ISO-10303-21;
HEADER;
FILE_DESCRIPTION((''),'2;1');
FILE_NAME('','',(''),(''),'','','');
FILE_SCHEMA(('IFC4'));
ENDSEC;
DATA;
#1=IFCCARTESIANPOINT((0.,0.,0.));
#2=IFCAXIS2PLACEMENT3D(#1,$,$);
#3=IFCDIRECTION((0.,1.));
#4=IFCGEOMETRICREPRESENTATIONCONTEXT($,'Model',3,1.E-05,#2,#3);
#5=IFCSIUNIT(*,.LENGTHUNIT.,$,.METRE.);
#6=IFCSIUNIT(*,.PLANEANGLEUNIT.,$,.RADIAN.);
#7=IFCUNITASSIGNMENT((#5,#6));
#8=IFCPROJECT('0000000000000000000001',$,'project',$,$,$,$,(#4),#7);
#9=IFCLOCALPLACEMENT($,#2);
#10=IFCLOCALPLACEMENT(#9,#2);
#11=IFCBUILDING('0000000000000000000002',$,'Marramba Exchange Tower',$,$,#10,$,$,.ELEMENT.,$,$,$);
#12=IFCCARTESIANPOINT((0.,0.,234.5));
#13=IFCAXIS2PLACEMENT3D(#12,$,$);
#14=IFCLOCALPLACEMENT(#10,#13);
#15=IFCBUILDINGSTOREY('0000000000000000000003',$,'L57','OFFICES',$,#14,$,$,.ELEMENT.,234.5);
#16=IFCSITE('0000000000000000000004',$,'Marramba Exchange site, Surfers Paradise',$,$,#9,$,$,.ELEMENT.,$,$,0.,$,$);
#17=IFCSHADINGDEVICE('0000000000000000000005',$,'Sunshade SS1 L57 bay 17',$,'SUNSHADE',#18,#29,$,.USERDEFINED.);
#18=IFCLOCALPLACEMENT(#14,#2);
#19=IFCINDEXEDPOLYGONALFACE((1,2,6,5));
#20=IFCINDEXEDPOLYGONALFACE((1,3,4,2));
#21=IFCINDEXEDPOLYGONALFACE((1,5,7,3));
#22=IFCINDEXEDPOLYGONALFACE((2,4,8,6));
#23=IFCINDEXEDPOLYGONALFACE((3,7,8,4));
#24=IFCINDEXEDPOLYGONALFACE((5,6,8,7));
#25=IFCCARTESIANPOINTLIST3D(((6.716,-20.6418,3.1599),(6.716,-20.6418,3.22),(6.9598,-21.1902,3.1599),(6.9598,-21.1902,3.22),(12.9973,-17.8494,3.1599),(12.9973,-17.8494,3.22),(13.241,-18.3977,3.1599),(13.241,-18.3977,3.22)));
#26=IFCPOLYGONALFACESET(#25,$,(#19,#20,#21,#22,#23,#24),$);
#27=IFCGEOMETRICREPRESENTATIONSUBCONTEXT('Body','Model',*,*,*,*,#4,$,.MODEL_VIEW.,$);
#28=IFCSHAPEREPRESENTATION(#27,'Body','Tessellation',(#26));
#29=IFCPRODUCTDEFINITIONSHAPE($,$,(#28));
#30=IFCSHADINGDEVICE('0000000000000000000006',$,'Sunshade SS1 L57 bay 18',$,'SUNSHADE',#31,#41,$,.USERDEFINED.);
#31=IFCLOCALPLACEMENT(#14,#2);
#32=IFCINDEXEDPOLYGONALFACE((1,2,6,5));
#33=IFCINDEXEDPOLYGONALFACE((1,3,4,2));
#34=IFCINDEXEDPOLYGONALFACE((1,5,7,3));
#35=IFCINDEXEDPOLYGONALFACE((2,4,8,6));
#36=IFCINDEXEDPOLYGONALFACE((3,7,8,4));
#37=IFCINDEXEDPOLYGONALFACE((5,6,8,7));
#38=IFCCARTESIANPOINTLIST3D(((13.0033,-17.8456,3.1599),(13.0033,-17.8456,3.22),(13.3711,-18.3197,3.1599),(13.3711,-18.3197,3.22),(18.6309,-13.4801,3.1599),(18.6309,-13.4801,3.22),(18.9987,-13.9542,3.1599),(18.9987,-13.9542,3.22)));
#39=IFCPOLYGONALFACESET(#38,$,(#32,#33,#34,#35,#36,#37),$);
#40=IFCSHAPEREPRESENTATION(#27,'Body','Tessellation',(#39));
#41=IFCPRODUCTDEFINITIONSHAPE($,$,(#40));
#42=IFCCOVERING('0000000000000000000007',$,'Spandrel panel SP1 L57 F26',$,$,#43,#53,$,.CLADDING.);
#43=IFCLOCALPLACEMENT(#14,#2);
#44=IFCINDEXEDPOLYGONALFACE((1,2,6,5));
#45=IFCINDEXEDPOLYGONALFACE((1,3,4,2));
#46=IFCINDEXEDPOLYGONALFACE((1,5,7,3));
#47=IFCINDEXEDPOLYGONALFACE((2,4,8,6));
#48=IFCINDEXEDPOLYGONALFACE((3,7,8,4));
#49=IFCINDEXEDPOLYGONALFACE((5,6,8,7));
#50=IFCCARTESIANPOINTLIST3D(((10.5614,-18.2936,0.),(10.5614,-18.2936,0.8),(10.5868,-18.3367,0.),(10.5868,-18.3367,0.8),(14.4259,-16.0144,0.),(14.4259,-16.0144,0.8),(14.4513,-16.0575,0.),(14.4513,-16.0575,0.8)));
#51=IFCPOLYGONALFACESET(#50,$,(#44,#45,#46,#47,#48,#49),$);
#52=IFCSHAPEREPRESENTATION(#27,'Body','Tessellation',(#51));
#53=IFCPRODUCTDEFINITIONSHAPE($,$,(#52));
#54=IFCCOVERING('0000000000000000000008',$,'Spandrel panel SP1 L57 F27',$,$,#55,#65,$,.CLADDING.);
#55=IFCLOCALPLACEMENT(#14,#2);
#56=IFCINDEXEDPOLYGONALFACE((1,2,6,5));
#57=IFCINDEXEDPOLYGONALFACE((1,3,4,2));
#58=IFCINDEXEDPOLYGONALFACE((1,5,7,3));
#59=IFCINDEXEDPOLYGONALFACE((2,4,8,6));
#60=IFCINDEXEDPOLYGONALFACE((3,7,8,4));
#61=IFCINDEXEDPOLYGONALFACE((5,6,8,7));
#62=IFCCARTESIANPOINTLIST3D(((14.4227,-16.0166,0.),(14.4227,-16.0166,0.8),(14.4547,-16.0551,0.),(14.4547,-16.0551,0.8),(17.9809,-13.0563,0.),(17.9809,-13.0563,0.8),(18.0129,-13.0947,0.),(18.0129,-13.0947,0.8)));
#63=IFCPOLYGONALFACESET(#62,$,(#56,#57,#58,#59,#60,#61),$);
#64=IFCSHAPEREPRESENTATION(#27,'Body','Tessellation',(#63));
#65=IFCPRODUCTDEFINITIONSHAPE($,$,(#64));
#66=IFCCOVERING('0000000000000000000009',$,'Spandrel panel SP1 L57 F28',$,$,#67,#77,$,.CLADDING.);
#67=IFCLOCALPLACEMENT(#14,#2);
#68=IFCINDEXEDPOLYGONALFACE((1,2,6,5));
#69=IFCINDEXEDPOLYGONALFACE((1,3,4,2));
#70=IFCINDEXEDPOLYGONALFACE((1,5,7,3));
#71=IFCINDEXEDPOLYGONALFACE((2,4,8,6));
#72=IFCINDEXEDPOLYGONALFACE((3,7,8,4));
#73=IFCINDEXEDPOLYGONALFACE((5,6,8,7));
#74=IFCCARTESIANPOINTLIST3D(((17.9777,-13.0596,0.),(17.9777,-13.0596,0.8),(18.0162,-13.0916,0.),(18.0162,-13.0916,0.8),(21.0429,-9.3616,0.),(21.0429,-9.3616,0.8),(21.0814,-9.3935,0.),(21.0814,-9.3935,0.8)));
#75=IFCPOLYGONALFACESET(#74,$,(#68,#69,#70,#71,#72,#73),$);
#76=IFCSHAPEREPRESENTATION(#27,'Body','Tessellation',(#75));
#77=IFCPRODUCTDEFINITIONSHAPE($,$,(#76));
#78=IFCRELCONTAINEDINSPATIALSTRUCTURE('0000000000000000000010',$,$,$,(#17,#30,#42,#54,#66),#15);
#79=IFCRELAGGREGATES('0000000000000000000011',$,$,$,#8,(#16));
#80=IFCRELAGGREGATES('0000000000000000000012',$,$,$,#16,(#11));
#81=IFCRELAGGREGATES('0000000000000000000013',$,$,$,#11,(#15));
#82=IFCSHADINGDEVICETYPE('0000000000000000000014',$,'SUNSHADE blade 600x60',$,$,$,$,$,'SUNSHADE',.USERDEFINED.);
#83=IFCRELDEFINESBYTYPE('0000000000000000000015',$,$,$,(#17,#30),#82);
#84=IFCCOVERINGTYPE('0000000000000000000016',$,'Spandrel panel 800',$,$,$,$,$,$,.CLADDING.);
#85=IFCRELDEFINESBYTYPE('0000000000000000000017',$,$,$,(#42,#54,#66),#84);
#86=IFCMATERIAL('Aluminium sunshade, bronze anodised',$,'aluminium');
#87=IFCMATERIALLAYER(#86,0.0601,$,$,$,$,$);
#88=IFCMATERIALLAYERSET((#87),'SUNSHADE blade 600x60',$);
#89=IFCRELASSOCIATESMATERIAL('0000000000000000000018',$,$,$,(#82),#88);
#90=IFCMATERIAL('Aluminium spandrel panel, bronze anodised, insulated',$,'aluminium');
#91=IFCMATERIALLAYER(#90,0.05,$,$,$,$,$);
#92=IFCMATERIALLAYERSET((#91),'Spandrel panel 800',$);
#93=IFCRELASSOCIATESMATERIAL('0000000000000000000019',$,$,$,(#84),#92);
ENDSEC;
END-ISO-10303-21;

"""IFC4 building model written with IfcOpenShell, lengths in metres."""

from ifc_helpers import new_model, si_unit, direction, frame, origin, origin_2d, place, context, subcontext, project, spatial, rectangle, extrude, material, layer, layer_set, type_object, element, save


model = new_model("IFC4")

# Units and contexts
model_context = context("Model", 3, precision=1e-05, world=origin(), true_north=direction((0.0, 1.0)))
body_context = subcontext(model_context, "Body", "Model", "MODEL_VIEW")
ifc_project = project(units=[si_unit("LENGTHUNIT", "METRE"), si_unit("PLANEANGLEUNIT", "RADIAN")], contexts=[model_context])

# Site, building, storey
site_placement = place(None, origin())
site = spatial("IfcSite", under=ifc_project, at=site_placement, Name="Marramba Exchange site, Surfers Paradise", CompositionType="ELEMENT", RefElevation=0.0)
building_placement = place(site_placement, origin())
building = spatial("IfcBuilding", under=site, at=building_placement, Name="Marramba Exchange Tower", CompositionType="ELEMENT")
storey_placement = place(building_placement, frame((0.0, 0.0, 234.5)))
storey = spatial("IfcBuildingStorey", under=building, at=storey_placement, Name="L57", Description="OFFICES", CompositionType="ELEMENT", Elevation=234.5)

# Shading devices
ifc_material_1 = material(Name="Aluminium sunshade, bronze anodised", Category="aluminium")
ifc_layer_1 = layer(ifc_material_1, 0.0601)
ifc_layer_set_1 = layer_set([ifc_layer_1], Name="SUNSHADE blade 600x60")
shading_device_type_1 = type_object("IfcShadingDeviceType", Name="SUNSHADE blade 600x60", ElementType="SUNSHADE", PredefinedType="USERDEFINED", material=ifc_layer_set_1)
shading_device_1_placement = place(storey_placement, frame((9.9785, -19.5198, 3.1599), z_axis=(0.0, 0.0, 1.0), x_axis=(0.913772, 0.406228, 0.0)))
element("IfcShadingDevice", 1, at=shading_device_1_placement, inside=storey, type_object=shading_device_type_1, Name="Sunshade SS1 L57 bay 17", ObjectType="SUNSHADE", PredefinedType="USERDEFINED", context=body_context, shape_type="SweptSolid", body=[
    extrude(rectangle(XDim=6.874, YDim=0.6001, at=origin_2d()), origin(), (0.0, 0.0, 1.0), 0.0601),
])
shading_device_2_placement = place(storey_placement, frame((16.001, -15.8999, 3.1599), z_axis=(0.0, 0.0, 1.0), x_axis=(0.790133, 0.612935, 0.0)))
element("IfcShadingDevice", 2, at=shading_device_2_placement, inside=storey, type_object=shading_device_type_1, Name="Sunshade SS1 L57 bay 18", ObjectType="SUNSHADE", PredefinedType="USERDEFINED", context=body_context, shape_type="SweptSolid", body=[
    extrude(rectangle(XDim=7.1223, YDim=0.6001, at=origin_2d()), origin(), (0.0, 0.0, 1.0), 0.0601),
])

# Coverings
ifc_material_2 = material(Name="Aluminium spandrel panel, bronze anodised, insulated", Category="aluminium")
ifc_layer_2 = layer(ifc_material_2, 0.05)
ifc_layer_set_2 = layer_set([ifc_layer_2], Name="Spandrel panel 800")
covering_type = type_object("IfcCoveringType", Name="Spandrel panel 800", PredefinedType="CLADDING", material=ifc_layer_set_2)
covering_1_placement = place(storey_placement, frame((12.5063, -17.1755, 0.0), z_axis=(0.0, 0.0, 1.0), x_axis=(0.861351, 0.508011, 0.0)))
element("IfcCovering", 3, at=covering_1_placement, inside=storey, type_object=covering_type, Name="Spandrel panel SP1 L57 F26", PredefinedType="CLADDING", context=body_context, shape_type="SweptSolid", body=[
    extrude(rectangle(XDim=4.4866, YDim=0.05, at=origin_2d()), origin(), (0.0, 0.0, 1.0), 0.8),
])
covering_2_placement = place(storey_placement, frame((16.2178, -14.5557, 0.0), z_axis=(0.0, 0.0, 1.0), x_axis=(0.768737, 0.639565, 0.0)))
element("IfcCovering", 4, at=covering_2_placement, inside=storey, type_object=covering_type, Name="Spandrel panel SP1 L57 F27", PredefinedType="CLADDING", context=body_context, shape_type="SweptSolid", body=[
    extrude(rectangle(XDim=4.6287, YDim=0.05, at=origin_2d()), origin(), (0.0, 0.0, 1.0), 0.8),
])
covering_3_placement = place(storey_placement, frame((19.5295, -11.2266, 0.0), z_axis=(0.0, 0.0, 1.0), x_axis=(0.63815, 0.769912, 0.0)))
element("IfcCovering", 5, at=covering_3_placement, inside=storey, type_object=covering_type, Name="Spandrel panel SP1 L57 F28", PredefinedType="CLADDING", context=body_context, shape_type="SweptSolid", body=[
    extrude(rectangle(XDim=4.8032, YDim=0.05, at=origin_2d()), origin(), (0.0, 0.0, 1.0), 0.8),
])

save(model, "model.ifc")
